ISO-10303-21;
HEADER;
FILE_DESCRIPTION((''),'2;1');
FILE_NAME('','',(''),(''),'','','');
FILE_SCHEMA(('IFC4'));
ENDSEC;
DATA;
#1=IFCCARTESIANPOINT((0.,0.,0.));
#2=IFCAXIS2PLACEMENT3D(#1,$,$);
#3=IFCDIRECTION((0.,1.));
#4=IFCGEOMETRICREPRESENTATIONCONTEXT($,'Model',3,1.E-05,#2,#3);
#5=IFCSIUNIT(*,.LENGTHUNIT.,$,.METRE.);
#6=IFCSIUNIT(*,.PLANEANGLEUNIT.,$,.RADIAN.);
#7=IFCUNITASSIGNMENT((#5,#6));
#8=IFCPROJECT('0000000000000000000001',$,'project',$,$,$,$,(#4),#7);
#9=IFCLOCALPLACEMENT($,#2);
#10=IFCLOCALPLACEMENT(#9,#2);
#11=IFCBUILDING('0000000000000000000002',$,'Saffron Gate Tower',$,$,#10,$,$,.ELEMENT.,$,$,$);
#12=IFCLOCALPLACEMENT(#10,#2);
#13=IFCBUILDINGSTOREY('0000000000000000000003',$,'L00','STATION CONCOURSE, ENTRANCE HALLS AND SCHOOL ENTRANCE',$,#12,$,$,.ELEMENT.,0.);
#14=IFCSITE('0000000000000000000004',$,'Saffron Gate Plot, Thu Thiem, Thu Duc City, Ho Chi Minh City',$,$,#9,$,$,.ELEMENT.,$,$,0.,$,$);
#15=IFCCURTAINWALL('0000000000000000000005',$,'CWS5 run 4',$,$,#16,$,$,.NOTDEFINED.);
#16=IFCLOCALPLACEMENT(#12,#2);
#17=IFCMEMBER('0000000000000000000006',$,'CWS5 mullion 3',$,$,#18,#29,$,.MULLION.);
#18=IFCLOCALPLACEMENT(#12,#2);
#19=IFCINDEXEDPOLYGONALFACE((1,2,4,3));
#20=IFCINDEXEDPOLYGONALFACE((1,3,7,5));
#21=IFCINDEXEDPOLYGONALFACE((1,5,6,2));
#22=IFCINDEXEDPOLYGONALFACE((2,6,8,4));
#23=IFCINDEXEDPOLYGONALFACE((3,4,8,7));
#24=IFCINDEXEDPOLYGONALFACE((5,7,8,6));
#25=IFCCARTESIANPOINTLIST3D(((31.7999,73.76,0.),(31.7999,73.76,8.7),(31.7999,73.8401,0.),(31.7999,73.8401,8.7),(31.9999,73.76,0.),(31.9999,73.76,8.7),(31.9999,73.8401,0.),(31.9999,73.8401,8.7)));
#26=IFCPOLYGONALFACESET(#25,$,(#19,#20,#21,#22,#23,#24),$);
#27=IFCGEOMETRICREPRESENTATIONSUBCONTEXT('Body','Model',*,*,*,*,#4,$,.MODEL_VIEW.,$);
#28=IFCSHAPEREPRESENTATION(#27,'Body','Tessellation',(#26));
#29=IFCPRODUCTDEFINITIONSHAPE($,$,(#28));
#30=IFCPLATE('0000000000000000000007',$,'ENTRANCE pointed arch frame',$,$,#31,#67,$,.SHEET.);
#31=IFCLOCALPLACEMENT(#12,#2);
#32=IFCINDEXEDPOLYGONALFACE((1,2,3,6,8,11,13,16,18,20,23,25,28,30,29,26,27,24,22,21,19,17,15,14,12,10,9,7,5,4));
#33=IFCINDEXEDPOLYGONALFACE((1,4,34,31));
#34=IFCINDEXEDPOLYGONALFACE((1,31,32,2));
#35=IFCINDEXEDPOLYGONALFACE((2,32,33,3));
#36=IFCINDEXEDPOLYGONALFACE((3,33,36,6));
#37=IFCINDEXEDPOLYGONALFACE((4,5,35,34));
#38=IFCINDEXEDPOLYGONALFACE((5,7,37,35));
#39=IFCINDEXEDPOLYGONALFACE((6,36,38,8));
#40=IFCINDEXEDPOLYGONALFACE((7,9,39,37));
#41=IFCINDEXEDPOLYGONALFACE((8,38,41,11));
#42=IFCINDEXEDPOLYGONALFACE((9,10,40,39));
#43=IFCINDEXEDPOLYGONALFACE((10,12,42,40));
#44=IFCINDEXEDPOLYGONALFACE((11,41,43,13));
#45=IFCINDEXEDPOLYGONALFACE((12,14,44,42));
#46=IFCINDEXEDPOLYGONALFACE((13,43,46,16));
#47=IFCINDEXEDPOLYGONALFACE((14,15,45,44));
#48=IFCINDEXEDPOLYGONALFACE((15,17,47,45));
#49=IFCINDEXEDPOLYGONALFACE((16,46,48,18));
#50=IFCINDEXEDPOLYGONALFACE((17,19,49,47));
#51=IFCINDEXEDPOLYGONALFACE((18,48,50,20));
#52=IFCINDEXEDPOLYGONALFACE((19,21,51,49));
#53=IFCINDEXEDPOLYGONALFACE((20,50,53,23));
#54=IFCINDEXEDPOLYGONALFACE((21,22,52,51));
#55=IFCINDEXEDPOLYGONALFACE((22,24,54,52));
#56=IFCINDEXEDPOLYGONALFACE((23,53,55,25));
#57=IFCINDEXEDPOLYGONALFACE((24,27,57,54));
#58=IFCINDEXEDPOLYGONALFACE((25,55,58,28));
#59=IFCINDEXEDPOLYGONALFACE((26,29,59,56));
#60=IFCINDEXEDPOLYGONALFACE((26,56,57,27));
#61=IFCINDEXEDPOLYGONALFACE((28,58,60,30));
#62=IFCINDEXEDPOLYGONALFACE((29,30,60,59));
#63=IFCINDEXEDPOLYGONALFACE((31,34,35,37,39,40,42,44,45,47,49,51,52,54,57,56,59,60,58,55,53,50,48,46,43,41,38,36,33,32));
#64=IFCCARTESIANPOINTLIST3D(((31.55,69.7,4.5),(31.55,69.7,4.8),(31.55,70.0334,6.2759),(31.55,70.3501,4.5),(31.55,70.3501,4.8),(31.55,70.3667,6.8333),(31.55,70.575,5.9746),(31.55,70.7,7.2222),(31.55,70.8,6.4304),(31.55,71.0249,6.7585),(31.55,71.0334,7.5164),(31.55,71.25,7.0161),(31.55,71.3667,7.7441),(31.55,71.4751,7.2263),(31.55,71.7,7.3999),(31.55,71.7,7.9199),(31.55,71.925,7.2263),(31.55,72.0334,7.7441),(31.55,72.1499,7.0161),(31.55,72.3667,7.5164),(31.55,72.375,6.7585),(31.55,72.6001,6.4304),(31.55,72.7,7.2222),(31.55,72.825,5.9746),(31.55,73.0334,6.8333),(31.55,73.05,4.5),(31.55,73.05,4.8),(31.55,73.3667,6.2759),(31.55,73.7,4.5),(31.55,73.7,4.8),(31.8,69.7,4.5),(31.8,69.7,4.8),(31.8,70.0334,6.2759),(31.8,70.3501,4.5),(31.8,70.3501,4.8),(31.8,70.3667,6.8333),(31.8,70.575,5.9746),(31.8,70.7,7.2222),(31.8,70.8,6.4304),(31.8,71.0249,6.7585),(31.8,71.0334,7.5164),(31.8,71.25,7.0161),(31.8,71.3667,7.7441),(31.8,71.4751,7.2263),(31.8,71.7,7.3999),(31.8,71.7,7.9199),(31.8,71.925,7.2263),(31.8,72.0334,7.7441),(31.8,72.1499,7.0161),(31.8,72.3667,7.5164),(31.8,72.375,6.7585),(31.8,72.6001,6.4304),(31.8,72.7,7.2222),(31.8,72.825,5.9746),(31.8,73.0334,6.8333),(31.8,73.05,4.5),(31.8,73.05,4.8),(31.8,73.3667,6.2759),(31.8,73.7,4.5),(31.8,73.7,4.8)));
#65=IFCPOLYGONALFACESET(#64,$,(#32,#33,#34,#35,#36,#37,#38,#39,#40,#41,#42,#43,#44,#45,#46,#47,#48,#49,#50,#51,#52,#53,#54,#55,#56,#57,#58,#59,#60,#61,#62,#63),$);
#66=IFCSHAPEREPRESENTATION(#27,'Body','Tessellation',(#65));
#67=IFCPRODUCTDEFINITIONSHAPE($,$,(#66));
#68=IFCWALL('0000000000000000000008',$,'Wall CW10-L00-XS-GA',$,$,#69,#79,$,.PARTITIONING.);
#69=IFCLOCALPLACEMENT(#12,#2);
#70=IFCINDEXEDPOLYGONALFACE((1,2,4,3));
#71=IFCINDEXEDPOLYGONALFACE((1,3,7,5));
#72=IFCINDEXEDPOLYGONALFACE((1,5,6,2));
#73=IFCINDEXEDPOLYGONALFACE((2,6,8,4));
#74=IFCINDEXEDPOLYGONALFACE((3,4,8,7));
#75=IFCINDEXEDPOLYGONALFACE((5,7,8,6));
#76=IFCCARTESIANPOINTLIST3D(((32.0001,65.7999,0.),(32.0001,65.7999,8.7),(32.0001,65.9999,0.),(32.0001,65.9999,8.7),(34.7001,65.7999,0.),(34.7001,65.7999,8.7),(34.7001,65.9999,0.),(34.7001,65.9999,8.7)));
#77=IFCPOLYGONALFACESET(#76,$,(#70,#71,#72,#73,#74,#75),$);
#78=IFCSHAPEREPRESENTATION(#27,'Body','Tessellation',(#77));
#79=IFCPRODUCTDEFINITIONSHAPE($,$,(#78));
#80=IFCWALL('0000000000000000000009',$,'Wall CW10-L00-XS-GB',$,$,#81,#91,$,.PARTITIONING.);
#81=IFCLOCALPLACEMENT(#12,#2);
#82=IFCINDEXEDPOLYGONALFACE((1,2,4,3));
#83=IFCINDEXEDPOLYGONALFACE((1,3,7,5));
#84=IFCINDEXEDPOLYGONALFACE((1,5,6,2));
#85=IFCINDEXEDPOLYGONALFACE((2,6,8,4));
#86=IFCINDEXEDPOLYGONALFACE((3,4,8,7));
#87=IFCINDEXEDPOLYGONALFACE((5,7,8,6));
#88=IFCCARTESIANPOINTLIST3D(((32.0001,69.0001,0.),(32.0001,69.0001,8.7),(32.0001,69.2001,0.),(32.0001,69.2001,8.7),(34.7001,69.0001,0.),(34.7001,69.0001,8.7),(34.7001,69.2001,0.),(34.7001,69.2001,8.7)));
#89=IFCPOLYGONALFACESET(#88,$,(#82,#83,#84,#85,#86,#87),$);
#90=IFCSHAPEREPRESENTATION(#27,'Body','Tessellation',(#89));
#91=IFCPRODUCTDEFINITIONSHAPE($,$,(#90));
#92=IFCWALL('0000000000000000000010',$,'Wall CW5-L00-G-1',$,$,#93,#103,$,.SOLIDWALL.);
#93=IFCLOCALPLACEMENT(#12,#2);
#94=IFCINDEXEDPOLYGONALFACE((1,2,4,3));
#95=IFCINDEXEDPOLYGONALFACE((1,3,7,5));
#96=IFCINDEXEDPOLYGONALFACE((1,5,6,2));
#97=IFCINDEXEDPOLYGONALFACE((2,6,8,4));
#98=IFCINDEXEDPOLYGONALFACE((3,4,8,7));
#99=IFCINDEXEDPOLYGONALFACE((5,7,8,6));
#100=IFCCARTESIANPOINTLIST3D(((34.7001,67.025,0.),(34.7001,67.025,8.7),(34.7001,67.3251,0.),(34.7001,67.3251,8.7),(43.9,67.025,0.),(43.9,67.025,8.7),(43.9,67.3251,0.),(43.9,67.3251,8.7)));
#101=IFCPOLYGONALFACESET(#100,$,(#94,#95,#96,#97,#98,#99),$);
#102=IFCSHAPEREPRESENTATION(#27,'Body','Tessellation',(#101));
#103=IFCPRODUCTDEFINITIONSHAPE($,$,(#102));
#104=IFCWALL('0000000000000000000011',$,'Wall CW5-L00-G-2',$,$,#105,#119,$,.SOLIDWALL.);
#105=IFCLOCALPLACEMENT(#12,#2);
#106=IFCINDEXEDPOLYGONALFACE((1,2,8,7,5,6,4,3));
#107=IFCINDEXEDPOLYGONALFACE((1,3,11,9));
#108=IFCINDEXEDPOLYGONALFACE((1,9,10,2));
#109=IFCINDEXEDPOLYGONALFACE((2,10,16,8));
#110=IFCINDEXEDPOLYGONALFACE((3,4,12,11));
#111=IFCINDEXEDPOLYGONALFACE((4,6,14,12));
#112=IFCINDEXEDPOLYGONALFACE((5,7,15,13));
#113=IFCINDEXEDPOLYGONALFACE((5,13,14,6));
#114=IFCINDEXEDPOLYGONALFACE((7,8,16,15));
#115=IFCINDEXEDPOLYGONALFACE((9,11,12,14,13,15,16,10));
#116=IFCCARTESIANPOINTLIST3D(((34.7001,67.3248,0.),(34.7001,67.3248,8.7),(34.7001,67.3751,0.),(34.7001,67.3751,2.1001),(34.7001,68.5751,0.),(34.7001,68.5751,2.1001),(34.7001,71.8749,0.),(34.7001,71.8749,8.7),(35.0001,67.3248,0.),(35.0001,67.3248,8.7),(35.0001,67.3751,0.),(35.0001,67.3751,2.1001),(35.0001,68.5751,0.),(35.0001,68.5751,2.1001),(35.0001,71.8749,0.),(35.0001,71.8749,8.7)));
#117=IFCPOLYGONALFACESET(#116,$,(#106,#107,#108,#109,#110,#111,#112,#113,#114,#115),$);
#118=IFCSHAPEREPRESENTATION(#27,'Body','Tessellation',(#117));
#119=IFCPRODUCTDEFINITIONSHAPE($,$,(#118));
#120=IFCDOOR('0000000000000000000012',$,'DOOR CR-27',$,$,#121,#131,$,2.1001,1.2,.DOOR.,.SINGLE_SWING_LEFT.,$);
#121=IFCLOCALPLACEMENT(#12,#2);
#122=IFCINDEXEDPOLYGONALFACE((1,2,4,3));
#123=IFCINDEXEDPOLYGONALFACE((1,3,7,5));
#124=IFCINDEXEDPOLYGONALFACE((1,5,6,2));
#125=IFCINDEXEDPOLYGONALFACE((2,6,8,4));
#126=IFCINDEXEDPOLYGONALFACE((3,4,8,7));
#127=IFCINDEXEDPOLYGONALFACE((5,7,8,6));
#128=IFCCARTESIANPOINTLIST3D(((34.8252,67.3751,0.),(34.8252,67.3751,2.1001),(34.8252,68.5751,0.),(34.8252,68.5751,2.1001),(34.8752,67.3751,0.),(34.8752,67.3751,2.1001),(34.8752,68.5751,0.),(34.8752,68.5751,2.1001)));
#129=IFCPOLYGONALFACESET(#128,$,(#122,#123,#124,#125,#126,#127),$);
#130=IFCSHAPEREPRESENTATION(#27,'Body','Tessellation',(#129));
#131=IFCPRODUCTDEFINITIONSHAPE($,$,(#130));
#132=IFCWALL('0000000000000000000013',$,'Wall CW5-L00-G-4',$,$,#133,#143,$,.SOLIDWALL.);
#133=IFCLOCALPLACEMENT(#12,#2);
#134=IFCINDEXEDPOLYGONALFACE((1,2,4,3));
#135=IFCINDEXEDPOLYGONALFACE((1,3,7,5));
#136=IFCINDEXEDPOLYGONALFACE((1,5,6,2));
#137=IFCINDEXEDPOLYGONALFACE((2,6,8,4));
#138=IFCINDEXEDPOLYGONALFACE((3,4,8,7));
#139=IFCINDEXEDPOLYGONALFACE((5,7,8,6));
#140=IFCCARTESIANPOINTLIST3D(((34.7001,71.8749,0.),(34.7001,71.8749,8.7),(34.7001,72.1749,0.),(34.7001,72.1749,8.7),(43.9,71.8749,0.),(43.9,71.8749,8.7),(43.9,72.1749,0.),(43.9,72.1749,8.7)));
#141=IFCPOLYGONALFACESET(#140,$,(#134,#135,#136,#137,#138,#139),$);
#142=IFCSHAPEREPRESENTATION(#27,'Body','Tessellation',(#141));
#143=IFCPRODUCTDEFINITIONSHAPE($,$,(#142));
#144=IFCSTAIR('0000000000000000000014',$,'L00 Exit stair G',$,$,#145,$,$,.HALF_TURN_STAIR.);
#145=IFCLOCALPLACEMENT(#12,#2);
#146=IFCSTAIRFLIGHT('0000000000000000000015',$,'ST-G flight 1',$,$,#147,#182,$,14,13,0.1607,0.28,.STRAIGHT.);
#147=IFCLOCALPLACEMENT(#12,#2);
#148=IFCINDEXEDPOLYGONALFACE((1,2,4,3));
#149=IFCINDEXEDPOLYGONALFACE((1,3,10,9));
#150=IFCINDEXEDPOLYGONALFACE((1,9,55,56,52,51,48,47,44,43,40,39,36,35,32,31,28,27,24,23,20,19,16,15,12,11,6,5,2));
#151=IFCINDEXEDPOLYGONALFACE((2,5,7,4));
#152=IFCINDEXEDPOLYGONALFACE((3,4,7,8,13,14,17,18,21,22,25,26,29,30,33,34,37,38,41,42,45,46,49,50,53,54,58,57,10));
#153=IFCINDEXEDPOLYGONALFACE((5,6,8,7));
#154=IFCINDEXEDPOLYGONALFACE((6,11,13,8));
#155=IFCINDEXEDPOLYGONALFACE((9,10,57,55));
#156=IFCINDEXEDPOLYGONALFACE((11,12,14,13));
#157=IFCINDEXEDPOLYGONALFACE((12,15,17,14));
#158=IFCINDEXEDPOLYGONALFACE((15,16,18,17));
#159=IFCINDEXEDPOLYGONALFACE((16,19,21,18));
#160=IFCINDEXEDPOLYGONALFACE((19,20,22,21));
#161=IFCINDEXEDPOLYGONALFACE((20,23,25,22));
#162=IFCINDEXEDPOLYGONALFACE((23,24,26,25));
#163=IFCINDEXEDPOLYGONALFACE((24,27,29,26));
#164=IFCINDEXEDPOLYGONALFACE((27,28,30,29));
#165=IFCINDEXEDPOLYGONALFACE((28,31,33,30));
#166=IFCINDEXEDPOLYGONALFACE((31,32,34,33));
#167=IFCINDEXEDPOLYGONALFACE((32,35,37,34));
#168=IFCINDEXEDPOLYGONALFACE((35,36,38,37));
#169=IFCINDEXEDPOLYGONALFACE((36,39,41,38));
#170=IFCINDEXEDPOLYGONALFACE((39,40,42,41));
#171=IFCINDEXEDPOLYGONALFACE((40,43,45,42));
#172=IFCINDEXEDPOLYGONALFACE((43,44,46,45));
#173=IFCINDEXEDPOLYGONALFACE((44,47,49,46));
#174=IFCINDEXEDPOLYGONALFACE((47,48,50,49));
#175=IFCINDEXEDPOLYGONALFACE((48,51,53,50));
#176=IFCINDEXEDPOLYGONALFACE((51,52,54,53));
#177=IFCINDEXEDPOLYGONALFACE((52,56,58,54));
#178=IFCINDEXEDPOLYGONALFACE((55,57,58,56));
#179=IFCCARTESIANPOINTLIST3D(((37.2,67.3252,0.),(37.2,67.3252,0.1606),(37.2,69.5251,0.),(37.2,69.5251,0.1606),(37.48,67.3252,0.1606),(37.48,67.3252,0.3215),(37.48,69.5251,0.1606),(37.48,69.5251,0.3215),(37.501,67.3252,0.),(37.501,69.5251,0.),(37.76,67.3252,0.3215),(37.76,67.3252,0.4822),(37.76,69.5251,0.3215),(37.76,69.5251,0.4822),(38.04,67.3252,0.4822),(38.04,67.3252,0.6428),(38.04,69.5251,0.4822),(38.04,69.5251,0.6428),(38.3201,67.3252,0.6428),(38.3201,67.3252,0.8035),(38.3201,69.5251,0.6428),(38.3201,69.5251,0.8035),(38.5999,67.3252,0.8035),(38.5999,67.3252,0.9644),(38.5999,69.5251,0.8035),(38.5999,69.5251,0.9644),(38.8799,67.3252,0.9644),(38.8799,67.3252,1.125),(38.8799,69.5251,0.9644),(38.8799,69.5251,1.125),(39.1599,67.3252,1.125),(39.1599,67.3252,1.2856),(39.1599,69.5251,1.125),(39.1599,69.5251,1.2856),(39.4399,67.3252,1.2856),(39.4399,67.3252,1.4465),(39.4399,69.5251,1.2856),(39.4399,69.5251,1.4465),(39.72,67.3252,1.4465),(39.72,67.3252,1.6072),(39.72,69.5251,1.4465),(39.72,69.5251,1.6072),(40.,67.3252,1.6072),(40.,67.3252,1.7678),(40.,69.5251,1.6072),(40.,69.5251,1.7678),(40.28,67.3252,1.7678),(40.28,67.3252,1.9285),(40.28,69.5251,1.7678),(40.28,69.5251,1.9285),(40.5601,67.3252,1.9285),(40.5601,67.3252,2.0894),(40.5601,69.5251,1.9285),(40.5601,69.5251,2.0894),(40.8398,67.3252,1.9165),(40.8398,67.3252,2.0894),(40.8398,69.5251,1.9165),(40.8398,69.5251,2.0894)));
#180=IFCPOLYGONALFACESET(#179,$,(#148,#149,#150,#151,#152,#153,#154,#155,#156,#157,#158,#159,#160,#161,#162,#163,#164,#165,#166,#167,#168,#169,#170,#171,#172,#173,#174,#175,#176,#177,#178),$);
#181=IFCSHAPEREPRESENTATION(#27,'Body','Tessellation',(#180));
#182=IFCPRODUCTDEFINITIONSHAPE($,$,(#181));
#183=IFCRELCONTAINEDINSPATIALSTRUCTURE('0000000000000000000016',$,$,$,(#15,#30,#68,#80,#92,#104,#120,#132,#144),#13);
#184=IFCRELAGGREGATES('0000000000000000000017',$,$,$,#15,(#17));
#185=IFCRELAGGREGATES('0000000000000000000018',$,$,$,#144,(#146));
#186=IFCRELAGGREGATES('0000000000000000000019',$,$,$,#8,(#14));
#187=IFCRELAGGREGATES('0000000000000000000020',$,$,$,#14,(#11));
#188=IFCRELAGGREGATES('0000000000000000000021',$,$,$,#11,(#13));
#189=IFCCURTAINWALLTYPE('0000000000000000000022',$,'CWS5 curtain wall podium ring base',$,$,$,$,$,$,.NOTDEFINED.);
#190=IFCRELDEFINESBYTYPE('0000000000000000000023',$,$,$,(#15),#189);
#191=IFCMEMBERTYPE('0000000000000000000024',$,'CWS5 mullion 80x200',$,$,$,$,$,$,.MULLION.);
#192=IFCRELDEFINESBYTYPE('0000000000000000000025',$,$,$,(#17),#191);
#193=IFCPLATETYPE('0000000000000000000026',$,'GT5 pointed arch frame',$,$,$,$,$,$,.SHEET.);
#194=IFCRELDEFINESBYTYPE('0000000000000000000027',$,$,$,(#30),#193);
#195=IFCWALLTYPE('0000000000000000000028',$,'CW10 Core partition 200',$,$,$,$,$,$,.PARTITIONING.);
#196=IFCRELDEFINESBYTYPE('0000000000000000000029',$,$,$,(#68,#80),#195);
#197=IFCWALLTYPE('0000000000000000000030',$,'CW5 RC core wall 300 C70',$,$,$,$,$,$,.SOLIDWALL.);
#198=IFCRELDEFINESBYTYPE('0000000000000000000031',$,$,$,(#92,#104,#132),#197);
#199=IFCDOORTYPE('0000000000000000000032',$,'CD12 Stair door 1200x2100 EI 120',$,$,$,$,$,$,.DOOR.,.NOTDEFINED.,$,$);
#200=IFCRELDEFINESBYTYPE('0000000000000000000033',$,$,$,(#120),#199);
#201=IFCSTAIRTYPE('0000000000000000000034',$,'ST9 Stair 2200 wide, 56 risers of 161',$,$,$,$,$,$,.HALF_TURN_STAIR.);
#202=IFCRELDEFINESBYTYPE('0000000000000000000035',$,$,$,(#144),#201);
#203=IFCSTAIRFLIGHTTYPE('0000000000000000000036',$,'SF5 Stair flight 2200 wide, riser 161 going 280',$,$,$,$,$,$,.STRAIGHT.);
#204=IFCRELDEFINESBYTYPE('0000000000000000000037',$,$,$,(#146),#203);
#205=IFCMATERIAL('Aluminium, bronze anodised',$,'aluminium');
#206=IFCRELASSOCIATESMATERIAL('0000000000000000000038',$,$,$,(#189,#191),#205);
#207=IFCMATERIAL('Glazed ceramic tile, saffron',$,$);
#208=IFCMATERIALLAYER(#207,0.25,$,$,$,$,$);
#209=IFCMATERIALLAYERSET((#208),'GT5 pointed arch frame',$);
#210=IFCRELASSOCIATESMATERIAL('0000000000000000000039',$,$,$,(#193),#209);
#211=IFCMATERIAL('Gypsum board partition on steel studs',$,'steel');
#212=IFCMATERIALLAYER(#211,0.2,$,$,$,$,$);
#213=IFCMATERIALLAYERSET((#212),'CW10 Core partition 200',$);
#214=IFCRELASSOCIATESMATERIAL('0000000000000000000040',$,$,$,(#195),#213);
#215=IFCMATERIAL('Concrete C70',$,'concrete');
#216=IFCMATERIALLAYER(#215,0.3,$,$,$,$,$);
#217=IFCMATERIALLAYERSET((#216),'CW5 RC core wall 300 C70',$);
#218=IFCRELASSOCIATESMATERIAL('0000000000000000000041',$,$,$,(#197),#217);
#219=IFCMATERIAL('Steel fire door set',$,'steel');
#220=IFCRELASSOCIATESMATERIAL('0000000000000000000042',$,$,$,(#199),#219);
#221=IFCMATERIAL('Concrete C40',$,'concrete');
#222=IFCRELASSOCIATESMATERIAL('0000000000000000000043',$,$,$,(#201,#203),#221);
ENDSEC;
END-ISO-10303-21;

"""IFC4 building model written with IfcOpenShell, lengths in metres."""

from ifc_helpers import new_model, si_unit, direction, frame, frame_2d, origin, origin_2d, place, context, subcontext, project, spatial, polyline, rectangle, outline, extrude, material, layer, layer_set, material_profile, profile_set, type_object, element, fill, aggregate, save


model = new_model("IFC4")

# Units and contexts
model_context = context("Model", 3, precision=1e-05, world=origin(), true_north=direction((0.0, 1.0)))
body_context = subcontext(model_context, "Body", "Model", "MODEL_VIEW")
ifc_project = project(units=[si_unit("LENGTHUNIT", "METRE"), si_unit("PLANEANGLEUNIT", "RADIAN")], contexts=[model_context])

# Site, building, storey
site_placement = place(None, origin())
site = spatial("IfcSite", under=ifc_project, at=site_placement, Name="Saffron Gate Plot, Thu Thiem, Thu Duc City, Ho Chi Minh City", CompositionType="ELEMENT", RefElevation=0.0)
building_placement = place(site_placement, origin())
building = spatial("IfcBuilding", under=site, at=building_placement, Name="Saffron Gate Tower", CompositionType="ELEMENT")
storey_placement = place(building_placement, origin())
storey = spatial("IfcBuildingStorey", under=building, at=storey_placement, Name="L00", Description="STATION CONCOURSE, ENTRANCE HALLS AND SCHOOL ENTRANCE", CompositionType="ELEMENT", Elevation=0.0)

# Curtain wall, member
ifc_material_1 = material(Name="Aluminium, bronze anodised", Category="aluminium")
curtain_wall_type = type_object("IfcCurtainWallType", Name="CWS5 curtain wall podium ring base", PredefinedType="NOTDEFINED", material=ifc_material_1)
curtain_wall_placement = place(storey_placement, origin())
curtain_wall = element("IfcCurtainWall", 1, at=curtain_wall_placement, inside=storey, type_object=curtain_wall_type, Name="CWS5 run 4", PredefinedType="NOTDEFINED")
ifc_material_profile_1 = material_profile(ifc_material_1, rectangle(XDim=0.2, YDim=0.0801, at=origin_2d()))
ifc_profile_set_1 = profile_set([ifc_material_profile_1], Name="Aluminium, bronze anodised")
member_type = type_object("IfcMemberType", Name="CWS5 mullion 80x200", PredefinedType="MULLION", material=ifc_profile_set_1)
member_placement = place(storey_placement, frame((31.8999, 73.8, 0.0), z_axis=(0.0, 0.0, 1.0), x_axis=(1.0, 0.0, 0.0)))
member = element("IfcMember", 2, at=member_placement, type_object=member_type, Name="CWS5 mullion 3", PredefinedType="MULLION", context=body_context, shape_type="SweptSolid", body=[
    extrude(rectangle(XDim=0.2, YDim=0.0801, at=origin_2d()), origin(), (0.0, 0.0, 1.0), 8.7),
])
aggregate(curtain_wall, [member])

# Plate
ifc_material_2 = material(Name="Glazed ceramic tile, saffron")
ifc_layer_1 = layer(ifc_material_2, 0.25)
ifc_layer_set_1 = layer_set([ifc_layer_1], Name="GT5 pointed arch frame")
plate_type = type_object("IfcPlateType", Name="GT5 pointed arch frame", PredefinedType="SHEET", material=ifc_layer_set_1)
plate_placement = place(storey_placement, frame((31.55, 73.05, 4.5), z_axis=(-1.0, 0.0, 0.0), x_axis=(0.0, 0.0, 1.0)))
element("IfcPlate", 3, at=plate_placement, inside=storey, type_object=plate_type, Name="ENTRANCE pointed arch frame", PredefinedType="SHEET", context=body_context, shape_type="SweptSolid", body=[
    extrude(outline(polyline([(0.0, 0.0), (0.3, 0.0), (1.4746, -0.2251), (1.9304, -0.45), (2.2585, -0.675), (2.5161, -0.9001), (2.7263, -1.125), (2.8999, -1.3501), (2.7263, -1.575), (2.5161, -1.8), (2.2585, -2.0251), (1.9304, -2.25), (1.4746, -2.4751), (0.3, -2.7), (0.0, -2.7), (0.0, -3.3501), (0.3, -3.3501), (1.7759, -3.0166), (2.3333, -2.6833), (2.7222, -2.3501), (3.0164, -2.0166), (3.2441, -1.6833), (3.4199, -1.3501), (3.2441, -1.0166), (3.0164, -0.6833), (2.7222, -0.3501), (2.3333, -0.0166), (1.7759, 0.3167), (0.3, 0.6499), (0.0, 0.6499), (0.0, 0.0)])), origin(), (0.0, 0.0, -1.0), 0.25),
])

# Walls
ifc_material_3 = material(Name="Gypsum board partition on steel studs", Category="steel")
ifc_layer_2 = layer(ifc_material_3, 0.2)
ifc_layer_set_2 = layer_set([ifc_layer_2], Name="CW10 Core partition 200")
wall_type_1 = type_object("IfcWallType", Name="CW10 Core partition 200", PredefinedType="PARTITIONING", material=ifc_layer_set_2)
for number, where, z_axis, x_axis, name in (
    (4, (32.0, 65.8999, 0.0), (0.0, 0.0, 1.0), (1.0, 0.0, 0.0), "Wall CW10-L00-XS-GA"),
    (5, (32.0, 69.1001, 0.0), (0.0, 0.0, 1.0), (1.0, 0.0, 0.0), "Wall CW10-L00-XS-GB"),
):
    element("IfcWall", number, at=place(storey_placement, frame(where, z_axis=z_axis, x_axis=x_axis)), inside=storey, type_object=wall_type_1, Name=name, PredefinedType="PARTITIONING", context=body_context, shape_type="SweptSolid", body=[
        extrude(rectangle(XDim=2.7, YDim=0.2, at=frame_2d((1.3501, 0.0))), origin(), (0.0, 0.0, 1.0), 8.7),
    ])
ifc_material_4 = material(Name="Concrete C70", Category="concrete")
ifc_layer_3 = layer(ifc_material_4, 0.3)
ifc_layer_set_3 = layer_set([ifc_layer_3], Name="CW5 RC core wall 300 C70")
wall_type_2 = type_object("IfcWallType", Name="CW5 RC core wall 300 C70", PredefinedType="SOLIDWALL", material=ifc_layer_set_3)
wall_1_placement = place(storey_placement, frame((34.7, 67.175, 0.0), z_axis=(0.0, 0.0, 1.0), x_axis=(1.0, 0.0, 0.0)))
element("IfcWall", 6, at=wall_1_placement, inside=storey, type_object=wall_type_2, Name="Wall CW5-L00-G-1", PredefinedType="SOLIDWALL", context=body_context, shape_type="SweptSolid", body=[
    extrude(rectangle(XDim=9.2, YDim=0.3, at=frame_2d((4.6001, 0.0))), origin(), (0.0, 0.0, 1.0), 8.7),
])

# Wall, opening, door
wall_2_placement = place(storey_placement, frame((34.8501, 67.325, 0.0), z_axis=(0.0, 0.0, 1.0), x_axis=(0.0, 1.0, 0.0)))
wall_2 = element("IfcWall", 7, at=wall_2_placement, inside=storey, type_object=wall_type_2, Name="Wall CW5-L00-G-2", PredefinedType="SOLIDWALL", context=body_context, shape_type="SweptSolid", body=[
    extrude(rectangle(XDim=4.55, YDim=0.3, at=frame_2d((2.2749, 0.0))), origin(), (0.0, 0.0, 1.0), 8.7),
])
opening_1_placement = place(wall_2_placement, frame((0.05, 0.0, 0.0)))
opening_1 = element("IfcOpeningElement", 8, at=opening_1_placement, cuts=wall_2, PredefinedType="OPENING", context=body_context, shape_type="SweptSolid", body=[
    extrude(rectangle(XDim=1.2, YDim=2.1001, at=frame_2d((0.6001, 1.05))), frame((0.0, 0.1602, 0.0), z_axis=(0.0, -1.0, 0.0), x_axis=(1.0, 0.0, 0.0)), (0.0, 0.0, 1.0), 0.3201),
])
ifc_material_5 = material(Name="Steel fire door set", Category="steel")
door_type_1 = type_object("IfcDoorType", Name="CD12 Stair door 1200x2100 EI 120", OperationType="NOTDEFINED", PredefinedType="DOOR", material=ifc_material_5)
door_1_placement = place(opening_1_placement, origin())
door_1 = element("IfcDoor", 9, at=door_1_placement, inside=storey, type_object=door_type_1, Name="DOOR CR-27", OperationType="SINGLE_SWING_LEFT", OverallHeight=2.1001, OverallWidth=1.2, PredefinedType="DOOR", context=body_context, shape_type="SweptSolid", body=[
    extrude(rectangle(XDim=1.2, YDim=2.1001, at=frame_2d((0.6001, 1.05))), frame((0.0, 0.0249, 0.0), z_axis=(0.0, -1.0, 0.0), x_axis=(1.0, 0.0, 0.0)), (0.0, 0.0, 1.0), 0.05),
])
fill(opening_1, door_1)

# Wall
wall_3_placement = place(storey_placement, frame((34.7, 72.0249, 0.0), z_axis=(0.0, 0.0, 1.0), x_axis=(1.0, 0.0, 0.0)))
element("IfcWall", 10, at=wall_3_placement, inside=storey, type_object=wall_type_2, Name="Wall CW5-L00-G-4", PredefinedType="SOLIDWALL", context=body_context, shape_type="SweptSolid", body=[
    extrude(rectangle(XDim=9.2, YDim=0.3, at=frame_2d((4.6001, 0.0))), origin(), (0.0, 0.0, 1.0), 8.7),
])

# Stair, stair flight
ifc_material_6 = material(Name="Concrete C40", Category="concrete")
stair_type = type_object("IfcStairType", Name="ST9 Stair 2200 wide, 56 risers of 161", PredefinedType="HALF_TURN_STAIR", material=ifc_material_6)
stair_placement = place(storey_placement, origin())
stair = element("IfcStair", 11, at=stair_placement, inside=storey, type_object=stair_type, Name="L00 Exit stair G", PredefinedType="HALF_TURN_STAIR")
stair_flight_type = type_object("IfcStairFlightType", Name="SF5 Stair flight 2200 wide, riser 161 going 280", PredefinedType="STRAIGHT", material=ifc_material_6)
stair_flight_1_placement = place(storey_placement, frame((37.2, 68.425, 0.0), z_axis=(0.0, 0.0, 1.0), x_axis=(1.0, 0.0, 0.0)))
stair_flight_1 = element("IfcStairFlight", 12, at=stair_flight_1_placement, type_object=stair_flight_type, Name="ST-G flight 1", NumberOfRisers=14, NumberOfTreads=13, PredefinedType="STRAIGHT", RiserHeight=0.1607, TreadLength=0.28, context=body_context, shape_type="SweptSolid", body=[
    extrude(outline(polyline([(0.0, 0.0), (0.0, 0.1606), (0.28, 0.1606), (0.28, 0.3215), (0.5601, 0.3215), (0.5601, 0.4822), (0.8401, 0.4822), (0.8401, 0.6428), (1.1201, 0.6428), (1.1201, 0.8035), (1.3999, 0.8035), (1.3999, 0.9644), (1.6799, 0.9644), (1.6799, 1.125), (1.96, 1.125), (1.96, 1.2856), (2.24, 1.2856), (2.24, 1.4465), (2.52, 1.4465), (2.52, 1.6072), (2.8, 1.6072), (2.8, 1.7678), (3.0801, 1.7678), (3.0801, 1.9285), (3.3601, 1.9285), (3.3601, 2.0894), (3.6399, 2.0894), (3.6399, 2.25), (3.6399, 1.9165), (0.301, 0.0), (0.0, 0.0)])), frame((0.0, 1.1001, 0.0), z_axis=(0.0, -1.0, 0.0), x_axis=(1.0, 0.0, 0.0)), (0.0, 0.0, 1.0), 2.2),
])
aggregate(stair, [stair_flight_1])

save(model, "model.ifc")
